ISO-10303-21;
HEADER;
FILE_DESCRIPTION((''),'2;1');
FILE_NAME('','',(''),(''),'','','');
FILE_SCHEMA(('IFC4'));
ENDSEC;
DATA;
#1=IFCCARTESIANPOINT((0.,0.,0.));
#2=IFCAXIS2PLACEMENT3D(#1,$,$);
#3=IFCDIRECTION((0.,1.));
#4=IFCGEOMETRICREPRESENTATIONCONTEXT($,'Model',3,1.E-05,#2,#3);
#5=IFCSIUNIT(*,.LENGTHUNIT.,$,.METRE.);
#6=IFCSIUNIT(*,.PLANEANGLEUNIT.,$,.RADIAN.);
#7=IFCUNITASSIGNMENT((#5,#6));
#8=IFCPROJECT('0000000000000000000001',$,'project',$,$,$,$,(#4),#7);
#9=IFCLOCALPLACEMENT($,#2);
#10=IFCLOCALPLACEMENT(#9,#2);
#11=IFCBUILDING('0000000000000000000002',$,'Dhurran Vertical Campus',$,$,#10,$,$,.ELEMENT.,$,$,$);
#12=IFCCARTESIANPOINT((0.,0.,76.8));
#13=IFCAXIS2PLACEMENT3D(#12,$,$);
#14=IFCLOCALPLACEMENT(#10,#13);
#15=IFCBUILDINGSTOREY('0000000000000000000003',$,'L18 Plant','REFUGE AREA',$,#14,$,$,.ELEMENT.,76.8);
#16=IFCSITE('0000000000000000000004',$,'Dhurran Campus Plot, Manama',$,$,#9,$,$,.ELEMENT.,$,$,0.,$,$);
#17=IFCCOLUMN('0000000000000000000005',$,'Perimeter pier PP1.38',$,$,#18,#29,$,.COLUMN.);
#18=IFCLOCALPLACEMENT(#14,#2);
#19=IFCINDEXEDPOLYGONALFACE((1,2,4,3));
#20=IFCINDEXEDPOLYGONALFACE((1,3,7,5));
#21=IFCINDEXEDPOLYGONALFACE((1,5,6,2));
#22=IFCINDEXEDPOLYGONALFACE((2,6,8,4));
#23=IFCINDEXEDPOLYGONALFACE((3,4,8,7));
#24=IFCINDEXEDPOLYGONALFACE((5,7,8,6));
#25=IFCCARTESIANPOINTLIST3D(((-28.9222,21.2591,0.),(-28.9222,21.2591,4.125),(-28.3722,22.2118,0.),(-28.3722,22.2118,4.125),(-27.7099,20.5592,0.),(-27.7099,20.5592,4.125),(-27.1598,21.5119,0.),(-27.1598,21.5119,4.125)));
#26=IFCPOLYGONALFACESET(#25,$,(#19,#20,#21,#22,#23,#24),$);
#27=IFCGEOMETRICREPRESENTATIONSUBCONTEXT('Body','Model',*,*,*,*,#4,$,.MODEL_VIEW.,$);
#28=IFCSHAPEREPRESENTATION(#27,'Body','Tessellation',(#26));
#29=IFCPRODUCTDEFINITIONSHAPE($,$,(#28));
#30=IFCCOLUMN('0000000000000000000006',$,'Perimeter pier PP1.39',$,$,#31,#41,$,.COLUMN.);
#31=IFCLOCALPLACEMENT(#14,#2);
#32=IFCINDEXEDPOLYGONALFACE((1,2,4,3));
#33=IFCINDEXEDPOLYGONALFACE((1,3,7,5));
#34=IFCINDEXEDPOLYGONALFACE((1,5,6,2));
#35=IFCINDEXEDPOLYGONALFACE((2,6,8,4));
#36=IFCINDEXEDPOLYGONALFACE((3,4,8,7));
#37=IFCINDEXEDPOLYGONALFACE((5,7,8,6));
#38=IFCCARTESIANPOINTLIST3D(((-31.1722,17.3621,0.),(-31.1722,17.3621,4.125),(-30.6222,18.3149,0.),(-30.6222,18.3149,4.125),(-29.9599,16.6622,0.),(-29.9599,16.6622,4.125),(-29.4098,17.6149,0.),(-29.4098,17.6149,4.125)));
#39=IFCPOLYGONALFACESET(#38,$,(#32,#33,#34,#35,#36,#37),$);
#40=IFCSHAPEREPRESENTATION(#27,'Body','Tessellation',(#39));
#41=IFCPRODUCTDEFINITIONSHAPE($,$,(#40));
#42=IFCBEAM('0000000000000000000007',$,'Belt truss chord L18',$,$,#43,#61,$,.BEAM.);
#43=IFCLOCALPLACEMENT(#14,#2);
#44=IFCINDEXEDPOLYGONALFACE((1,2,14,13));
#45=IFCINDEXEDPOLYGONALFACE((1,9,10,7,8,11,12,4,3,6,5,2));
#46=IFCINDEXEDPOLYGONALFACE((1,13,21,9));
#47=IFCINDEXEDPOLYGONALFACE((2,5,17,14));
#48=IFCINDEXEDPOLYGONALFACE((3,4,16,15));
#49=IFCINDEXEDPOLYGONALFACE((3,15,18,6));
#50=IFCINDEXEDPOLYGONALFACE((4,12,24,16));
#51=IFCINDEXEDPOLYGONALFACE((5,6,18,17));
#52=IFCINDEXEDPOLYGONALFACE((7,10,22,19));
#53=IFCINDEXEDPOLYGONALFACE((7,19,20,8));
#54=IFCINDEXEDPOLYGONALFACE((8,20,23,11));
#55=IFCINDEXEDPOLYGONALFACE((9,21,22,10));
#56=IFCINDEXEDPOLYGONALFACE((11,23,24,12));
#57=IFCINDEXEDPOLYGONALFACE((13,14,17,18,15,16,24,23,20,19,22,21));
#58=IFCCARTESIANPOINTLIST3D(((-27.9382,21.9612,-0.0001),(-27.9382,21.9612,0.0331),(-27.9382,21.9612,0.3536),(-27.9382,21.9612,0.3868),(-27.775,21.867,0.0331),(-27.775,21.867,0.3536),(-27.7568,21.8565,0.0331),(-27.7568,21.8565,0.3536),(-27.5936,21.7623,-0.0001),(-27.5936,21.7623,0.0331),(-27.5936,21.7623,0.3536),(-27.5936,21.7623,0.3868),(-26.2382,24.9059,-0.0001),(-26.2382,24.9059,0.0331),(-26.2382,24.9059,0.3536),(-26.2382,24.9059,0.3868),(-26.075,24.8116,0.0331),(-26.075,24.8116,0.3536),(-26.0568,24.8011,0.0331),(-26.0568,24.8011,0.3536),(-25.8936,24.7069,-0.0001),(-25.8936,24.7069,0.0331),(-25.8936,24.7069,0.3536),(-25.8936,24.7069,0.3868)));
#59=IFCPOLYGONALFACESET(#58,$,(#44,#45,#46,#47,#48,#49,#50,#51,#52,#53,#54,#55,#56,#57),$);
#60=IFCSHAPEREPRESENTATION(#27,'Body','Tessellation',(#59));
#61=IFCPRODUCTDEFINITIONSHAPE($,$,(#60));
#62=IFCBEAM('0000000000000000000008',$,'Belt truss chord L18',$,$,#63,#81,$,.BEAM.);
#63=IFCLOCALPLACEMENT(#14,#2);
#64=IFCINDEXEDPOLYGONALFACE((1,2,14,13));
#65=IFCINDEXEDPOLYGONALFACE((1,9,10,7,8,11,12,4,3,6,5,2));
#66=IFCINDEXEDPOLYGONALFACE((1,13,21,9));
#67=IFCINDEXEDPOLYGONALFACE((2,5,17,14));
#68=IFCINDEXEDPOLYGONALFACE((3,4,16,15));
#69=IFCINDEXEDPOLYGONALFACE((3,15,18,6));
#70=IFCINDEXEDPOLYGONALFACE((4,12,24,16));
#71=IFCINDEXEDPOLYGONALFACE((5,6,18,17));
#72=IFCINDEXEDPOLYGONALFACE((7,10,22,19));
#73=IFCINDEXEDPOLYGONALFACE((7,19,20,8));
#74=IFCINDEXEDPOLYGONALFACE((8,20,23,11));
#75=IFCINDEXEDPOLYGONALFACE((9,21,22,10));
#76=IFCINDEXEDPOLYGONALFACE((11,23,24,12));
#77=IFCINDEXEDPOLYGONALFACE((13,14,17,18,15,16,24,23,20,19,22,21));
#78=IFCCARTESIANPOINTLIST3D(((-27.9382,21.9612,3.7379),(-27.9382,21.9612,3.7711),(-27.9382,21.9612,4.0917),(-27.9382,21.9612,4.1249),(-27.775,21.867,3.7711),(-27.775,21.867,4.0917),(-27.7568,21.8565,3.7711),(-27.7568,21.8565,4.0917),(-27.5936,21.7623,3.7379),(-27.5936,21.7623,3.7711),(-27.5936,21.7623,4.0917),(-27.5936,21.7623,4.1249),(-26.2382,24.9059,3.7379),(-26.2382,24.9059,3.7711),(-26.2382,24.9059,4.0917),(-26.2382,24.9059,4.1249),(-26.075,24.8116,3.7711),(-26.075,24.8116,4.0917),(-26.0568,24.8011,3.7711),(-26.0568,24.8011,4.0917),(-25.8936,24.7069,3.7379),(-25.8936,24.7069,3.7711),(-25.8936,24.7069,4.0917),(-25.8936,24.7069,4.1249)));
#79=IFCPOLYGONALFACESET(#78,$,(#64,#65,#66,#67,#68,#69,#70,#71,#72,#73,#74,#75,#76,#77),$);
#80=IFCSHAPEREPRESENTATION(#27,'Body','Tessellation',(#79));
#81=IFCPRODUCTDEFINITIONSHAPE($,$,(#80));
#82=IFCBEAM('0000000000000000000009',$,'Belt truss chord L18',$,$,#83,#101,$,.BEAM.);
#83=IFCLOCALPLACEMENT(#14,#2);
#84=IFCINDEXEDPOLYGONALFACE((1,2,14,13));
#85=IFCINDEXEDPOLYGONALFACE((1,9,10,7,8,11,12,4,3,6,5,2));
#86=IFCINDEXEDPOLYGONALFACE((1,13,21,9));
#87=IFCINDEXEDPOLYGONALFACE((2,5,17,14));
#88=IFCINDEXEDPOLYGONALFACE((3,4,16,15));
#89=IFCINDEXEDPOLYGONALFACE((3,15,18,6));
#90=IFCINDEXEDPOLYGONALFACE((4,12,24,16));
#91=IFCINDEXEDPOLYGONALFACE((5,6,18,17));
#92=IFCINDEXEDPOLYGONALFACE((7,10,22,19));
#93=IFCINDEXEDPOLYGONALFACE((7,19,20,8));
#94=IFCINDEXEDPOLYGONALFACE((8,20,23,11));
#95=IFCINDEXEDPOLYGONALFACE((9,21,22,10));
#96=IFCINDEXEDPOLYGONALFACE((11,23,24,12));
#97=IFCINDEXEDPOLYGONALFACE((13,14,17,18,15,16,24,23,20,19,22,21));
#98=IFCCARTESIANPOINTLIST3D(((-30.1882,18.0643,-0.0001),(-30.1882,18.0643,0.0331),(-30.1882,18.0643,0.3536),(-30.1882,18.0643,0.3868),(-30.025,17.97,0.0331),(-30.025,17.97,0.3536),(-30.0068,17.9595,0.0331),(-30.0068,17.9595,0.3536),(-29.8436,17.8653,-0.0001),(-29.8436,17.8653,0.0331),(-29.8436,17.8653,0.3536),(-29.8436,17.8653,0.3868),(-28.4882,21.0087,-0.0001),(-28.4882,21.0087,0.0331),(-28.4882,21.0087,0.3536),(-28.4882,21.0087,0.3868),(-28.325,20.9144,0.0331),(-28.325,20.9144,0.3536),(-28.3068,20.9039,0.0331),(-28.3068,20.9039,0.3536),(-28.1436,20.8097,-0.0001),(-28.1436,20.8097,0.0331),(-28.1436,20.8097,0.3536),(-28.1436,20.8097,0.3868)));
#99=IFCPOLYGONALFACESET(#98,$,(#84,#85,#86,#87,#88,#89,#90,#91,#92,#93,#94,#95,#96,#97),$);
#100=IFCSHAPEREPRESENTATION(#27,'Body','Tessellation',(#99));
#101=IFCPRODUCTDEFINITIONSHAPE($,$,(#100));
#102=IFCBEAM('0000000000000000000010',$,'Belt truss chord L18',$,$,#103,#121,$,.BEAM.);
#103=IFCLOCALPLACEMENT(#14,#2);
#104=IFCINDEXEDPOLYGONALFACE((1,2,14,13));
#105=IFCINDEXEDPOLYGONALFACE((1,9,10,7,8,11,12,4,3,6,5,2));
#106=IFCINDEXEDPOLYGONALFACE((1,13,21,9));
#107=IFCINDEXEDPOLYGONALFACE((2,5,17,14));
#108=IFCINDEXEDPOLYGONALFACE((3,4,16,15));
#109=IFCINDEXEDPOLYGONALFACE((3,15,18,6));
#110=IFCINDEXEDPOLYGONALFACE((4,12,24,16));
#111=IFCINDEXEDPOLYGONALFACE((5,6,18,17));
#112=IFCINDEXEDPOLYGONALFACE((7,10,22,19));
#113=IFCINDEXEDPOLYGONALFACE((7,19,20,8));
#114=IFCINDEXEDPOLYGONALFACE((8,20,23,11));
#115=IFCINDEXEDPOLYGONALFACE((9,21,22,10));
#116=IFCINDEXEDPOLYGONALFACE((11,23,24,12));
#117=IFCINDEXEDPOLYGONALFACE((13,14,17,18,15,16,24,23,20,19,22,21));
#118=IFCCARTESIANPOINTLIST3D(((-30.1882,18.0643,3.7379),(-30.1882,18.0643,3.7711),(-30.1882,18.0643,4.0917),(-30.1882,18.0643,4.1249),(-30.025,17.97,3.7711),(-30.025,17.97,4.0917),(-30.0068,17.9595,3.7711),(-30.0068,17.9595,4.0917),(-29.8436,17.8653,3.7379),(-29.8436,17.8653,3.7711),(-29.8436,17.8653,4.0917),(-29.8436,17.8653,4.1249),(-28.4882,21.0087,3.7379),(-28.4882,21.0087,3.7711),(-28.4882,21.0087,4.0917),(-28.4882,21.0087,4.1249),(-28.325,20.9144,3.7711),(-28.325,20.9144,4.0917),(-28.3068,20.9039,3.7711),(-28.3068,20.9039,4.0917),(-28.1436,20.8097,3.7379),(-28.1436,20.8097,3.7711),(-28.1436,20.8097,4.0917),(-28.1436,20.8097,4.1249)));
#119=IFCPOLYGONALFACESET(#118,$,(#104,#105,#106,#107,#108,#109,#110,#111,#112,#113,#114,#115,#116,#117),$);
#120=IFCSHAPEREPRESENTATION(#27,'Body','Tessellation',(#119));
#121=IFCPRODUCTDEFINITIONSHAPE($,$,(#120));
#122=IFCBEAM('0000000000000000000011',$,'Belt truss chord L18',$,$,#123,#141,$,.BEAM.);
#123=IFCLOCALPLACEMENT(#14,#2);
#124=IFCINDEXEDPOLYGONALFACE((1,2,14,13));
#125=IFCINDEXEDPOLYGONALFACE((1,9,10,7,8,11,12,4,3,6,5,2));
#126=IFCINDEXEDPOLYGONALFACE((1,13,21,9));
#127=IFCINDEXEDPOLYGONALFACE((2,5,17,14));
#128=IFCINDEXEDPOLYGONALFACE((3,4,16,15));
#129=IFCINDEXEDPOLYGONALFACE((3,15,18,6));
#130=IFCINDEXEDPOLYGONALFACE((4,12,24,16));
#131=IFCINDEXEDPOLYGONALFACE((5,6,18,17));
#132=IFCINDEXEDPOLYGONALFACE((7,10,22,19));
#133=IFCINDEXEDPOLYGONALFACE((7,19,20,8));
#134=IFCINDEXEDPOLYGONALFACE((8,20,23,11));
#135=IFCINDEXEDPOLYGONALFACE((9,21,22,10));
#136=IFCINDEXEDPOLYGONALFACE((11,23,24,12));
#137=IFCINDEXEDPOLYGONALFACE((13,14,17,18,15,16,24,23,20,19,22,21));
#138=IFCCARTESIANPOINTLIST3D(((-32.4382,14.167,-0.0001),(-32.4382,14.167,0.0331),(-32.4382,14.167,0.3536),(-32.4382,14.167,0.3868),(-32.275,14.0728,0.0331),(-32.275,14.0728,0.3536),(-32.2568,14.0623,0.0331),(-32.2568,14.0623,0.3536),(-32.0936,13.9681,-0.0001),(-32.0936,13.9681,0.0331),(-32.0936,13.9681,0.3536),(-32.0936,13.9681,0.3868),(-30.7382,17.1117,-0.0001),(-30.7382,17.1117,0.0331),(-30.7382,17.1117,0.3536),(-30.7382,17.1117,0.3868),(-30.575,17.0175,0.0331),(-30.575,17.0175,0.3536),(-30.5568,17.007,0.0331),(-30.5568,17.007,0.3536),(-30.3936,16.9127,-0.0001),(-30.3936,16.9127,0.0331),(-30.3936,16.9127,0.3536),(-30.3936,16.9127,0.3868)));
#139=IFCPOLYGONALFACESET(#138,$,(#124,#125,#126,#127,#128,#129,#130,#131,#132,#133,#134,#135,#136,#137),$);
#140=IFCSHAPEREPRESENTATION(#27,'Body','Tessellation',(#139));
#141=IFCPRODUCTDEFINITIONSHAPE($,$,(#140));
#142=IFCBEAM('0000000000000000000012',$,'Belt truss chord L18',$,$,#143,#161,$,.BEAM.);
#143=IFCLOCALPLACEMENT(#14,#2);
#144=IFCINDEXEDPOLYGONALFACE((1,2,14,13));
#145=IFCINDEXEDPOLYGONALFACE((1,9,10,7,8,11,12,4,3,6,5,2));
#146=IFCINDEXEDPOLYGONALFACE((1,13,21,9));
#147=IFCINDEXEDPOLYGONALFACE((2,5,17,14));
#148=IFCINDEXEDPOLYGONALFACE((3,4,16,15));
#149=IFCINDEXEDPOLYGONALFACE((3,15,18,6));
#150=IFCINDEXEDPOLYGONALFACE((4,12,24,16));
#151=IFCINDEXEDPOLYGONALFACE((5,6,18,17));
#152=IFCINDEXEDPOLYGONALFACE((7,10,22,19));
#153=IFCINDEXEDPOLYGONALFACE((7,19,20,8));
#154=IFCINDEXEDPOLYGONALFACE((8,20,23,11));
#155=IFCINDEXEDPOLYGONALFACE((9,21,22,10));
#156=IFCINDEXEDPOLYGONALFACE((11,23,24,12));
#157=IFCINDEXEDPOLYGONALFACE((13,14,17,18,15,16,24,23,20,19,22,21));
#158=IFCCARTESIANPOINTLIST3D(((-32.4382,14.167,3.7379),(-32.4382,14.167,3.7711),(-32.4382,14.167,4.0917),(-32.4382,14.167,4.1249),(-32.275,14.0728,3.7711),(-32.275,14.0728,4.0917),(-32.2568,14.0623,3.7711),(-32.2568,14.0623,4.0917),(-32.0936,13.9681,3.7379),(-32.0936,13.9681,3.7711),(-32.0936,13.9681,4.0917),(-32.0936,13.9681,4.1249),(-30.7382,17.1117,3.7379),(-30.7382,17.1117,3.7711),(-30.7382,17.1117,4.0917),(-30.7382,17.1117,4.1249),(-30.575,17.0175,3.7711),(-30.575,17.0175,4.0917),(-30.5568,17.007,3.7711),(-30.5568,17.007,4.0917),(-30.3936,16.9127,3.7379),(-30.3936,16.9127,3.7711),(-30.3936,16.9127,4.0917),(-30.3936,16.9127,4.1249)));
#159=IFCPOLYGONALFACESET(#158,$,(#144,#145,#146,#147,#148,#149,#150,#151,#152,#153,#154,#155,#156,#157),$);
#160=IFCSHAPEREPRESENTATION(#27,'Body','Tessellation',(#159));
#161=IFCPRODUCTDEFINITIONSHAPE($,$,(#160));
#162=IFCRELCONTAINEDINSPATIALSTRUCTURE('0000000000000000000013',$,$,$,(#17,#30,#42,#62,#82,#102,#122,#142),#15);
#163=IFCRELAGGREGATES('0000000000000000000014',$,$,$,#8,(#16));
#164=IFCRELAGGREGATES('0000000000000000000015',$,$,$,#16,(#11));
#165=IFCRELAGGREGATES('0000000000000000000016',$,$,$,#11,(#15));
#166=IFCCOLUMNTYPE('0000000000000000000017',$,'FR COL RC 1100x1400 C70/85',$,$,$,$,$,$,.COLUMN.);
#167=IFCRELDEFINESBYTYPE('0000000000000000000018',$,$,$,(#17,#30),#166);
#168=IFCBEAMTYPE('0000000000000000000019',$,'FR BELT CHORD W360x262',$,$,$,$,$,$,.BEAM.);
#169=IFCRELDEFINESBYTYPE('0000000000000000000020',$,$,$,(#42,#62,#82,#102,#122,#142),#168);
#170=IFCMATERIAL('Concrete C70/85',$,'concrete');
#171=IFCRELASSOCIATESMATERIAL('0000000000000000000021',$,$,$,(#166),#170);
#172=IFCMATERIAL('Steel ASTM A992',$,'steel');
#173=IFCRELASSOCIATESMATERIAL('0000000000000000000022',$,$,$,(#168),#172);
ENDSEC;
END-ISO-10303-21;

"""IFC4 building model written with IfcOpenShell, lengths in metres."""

from ifc_helpers import new_model, si_unit, direction, frame, origin, origin_2d, place, context, subcontext, project, spatial, rectangle, i_section, extrude, material, material_profile, profile_set, type_object, element, save


model = new_model("IFC4")

# Units and contexts
model_context = context("Model", 3, precision=1e-05, world=origin(), true_north=direction((0.0, 1.0)))
body_context = subcontext(model_context, "Body", "Model", "MODEL_VIEW")
ifc_project = project(units=[si_unit("LENGTHUNIT", "METRE"), si_unit("PLANEANGLEUNIT", "RADIAN")], contexts=[model_context])

# Site, building, storey
site_placement = place(None, origin())
site = spatial("IfcSite", under=ifc_project, at=site_placement, Name="Dhurran Campus Plot, Manama", CompositionType="ELEMENT", RefElevation=0.0)
building_placement = place(site_placement, origin())
building = spatial("IfcBuilding", under=site, at=building_placement, Name="Dhurran Vertical Campus", CompositionType="ELEMENT")
storey_placement = place(building_placement, frame((0.0, 0.0, 76.8)))
storey = spatial("IfcBuildingStorey", under=building, at=storey_placement, Name="L18 Plant", Description="REFUGE AREA", CompositionType="ELEMENT", Elevation=76.8)

# Columns
ifc_material_1 = material(Name="Concrete C70/85", Category="concrete")
ifc_material_profile_1 = material_profile(ifc_material_1, rectangle(XDim=1.1001, YDim=1.3999, at=origin_2d()), Name="RC 1100x1400")
ifc_profile_set_1 = profile_set([ifc_material_profile_1], Name="Concrete C70/85")
column_type = type_object("IfcColumnType", Name="FR COL RC 1100x1400 C70/85", PredefinedType="COLUMN", material=ifc_profile_set_1)
for number, where, z_axis, x_axis, name in (
    (1, (-28.041, 21.3855, 0.0), (0.0, 0.0, 1.0), (-0.5, -0.866025, 0.0), "Perimeter pier PP1.38"),
    (2, (-30.291, 17.4885, 0.0), (0.0, 0.0, 1.0), (-0.5, -0.866025, 0.0), "Perimeter pier PP1.39"),
):
    element("IfcColumn", number, at=place(storey_placement, frame(where, z_axis=z_axis, x_axis=x_axis)), inside=storey, type_object=column_type, Name=name, PredefinedType="COLUMN", context=body_context, shape_type="SweptSolid", body=[
        extrude(rectangle(XDim=1.1001, YDim=1.3999, at=origin_2d()), origin(), (0.0, 0.0, 1.0), 4.125),
    ])

# Beams
ifc_material_2 = material(Name="Steel ASTM A992", Category="steel")
ifc_material_profile_2 = material_profile(ifc_material_2, i_section(OverallWidth=0.3979, OverallDepth=0.387, WebThickness=0.021, FlangeThickness=0.0332, at=origin_2d()), Name="W360x262")
ifc_profile_set_2 = profile_set([ifc_material_profile_2], Name="Steel ASTM A992")
beam_type = type_object("IfcBeamType", Name="FR BELT CHORD W360x262", PredefinedType="BEAM", material=ifc_profile_set_2)
for number, where, z_axis, x_axis, name in (
    (3, (-26.0659, 24.8064, 0.1934), (-0.499977, -0.866039, 0.0), (0.866039, -0.499977, 0.0), "Belt truss chord L18"),
    (4, (-26.0659, 24.8064, 3.9314), (-0.499977, -0.866039, 0.0), (0.866039, -0.499977, 0.0), "Belt truss chord L18"),
):
    element("IfcBeam", number, at=place(storey_placement, frame(where, z_axis=z_axis, x_axis=x_axis)), inside=storey, type_object=beam_type, Name=name, PredefinedType="BEAM", context=body_context, shape_type="SweptSolid", body=[
        extrude(i_section(OverallWidth=0.3979, OverallDepth=0.387, WebThickness=0.021, FlangeThickness=0.0332, at=origin_2d()), origin(), (0.0, 0.0, 1.0), 3.4001),
    ])
for number, where, z_axis, x_axis, name in (
    (5, (-28.3159, 20.9092, 0.1934), (-0.500008, -0.866021, 0.0), (0.866021, -0.500008, 0.0), "Belt truss chord L18"),
    (6, (-28.3159, 20.9092, 3.9314), (-0.500008, -0.866021, 0.0), (0.866021, -0.500008, 0.0), "Belt truss chord L18"),
):
    element("IfcBeam", number, at=place(storey_placement, frame(where, z_axis=z_axis, x_axis=x_axis)), inside=storey, type_object=beam_type, Name=name, PredefinedType="BEAM", context=body_context, shape_type="SweptSolid", body=[
        extrude(i_section(OverallWidth=0.3979, OverallDepth=0.387, WebThickness=0.021, FlangeThickness=0.0332, at=origin_2d()), origin(), (0.0, 0.0, 1.0), 3.3999),
    ])
for number, where, z_axis, x_axis, name in (
    (7, (-30.5659, 17.0122, 0.1934), (-0.499977, -0.866039, 0.0), (0.866039, -0.499977, 0.0), "Belt truss chord L18"),
    (8, (-30.5659, 17.0122, 3.9314), (-0.499977, -0.866039, 0.0), (0.866039, -0.499977, 0.0), "Belt truss chord L18"),
):
    element("IfcBeam", number, at=place(storey_placement, frame(where, z_axis=z_axis, x_axis=x_axis)), inside=storey, type_object=beam_type, Name=name, PredefinedType="BEAM", context=body_context, shape_type="SweptSolid", body=[
        extrude(i_section(OverallWidth=0.3979, OverallDepth=0.387, WebThickness=0.021, FlangeThickness=0.0332, at=origin_2d()), origin(), (0.0, 0.0, 1.0), 3.4001),
    ])

save(model, "model.ifc")
